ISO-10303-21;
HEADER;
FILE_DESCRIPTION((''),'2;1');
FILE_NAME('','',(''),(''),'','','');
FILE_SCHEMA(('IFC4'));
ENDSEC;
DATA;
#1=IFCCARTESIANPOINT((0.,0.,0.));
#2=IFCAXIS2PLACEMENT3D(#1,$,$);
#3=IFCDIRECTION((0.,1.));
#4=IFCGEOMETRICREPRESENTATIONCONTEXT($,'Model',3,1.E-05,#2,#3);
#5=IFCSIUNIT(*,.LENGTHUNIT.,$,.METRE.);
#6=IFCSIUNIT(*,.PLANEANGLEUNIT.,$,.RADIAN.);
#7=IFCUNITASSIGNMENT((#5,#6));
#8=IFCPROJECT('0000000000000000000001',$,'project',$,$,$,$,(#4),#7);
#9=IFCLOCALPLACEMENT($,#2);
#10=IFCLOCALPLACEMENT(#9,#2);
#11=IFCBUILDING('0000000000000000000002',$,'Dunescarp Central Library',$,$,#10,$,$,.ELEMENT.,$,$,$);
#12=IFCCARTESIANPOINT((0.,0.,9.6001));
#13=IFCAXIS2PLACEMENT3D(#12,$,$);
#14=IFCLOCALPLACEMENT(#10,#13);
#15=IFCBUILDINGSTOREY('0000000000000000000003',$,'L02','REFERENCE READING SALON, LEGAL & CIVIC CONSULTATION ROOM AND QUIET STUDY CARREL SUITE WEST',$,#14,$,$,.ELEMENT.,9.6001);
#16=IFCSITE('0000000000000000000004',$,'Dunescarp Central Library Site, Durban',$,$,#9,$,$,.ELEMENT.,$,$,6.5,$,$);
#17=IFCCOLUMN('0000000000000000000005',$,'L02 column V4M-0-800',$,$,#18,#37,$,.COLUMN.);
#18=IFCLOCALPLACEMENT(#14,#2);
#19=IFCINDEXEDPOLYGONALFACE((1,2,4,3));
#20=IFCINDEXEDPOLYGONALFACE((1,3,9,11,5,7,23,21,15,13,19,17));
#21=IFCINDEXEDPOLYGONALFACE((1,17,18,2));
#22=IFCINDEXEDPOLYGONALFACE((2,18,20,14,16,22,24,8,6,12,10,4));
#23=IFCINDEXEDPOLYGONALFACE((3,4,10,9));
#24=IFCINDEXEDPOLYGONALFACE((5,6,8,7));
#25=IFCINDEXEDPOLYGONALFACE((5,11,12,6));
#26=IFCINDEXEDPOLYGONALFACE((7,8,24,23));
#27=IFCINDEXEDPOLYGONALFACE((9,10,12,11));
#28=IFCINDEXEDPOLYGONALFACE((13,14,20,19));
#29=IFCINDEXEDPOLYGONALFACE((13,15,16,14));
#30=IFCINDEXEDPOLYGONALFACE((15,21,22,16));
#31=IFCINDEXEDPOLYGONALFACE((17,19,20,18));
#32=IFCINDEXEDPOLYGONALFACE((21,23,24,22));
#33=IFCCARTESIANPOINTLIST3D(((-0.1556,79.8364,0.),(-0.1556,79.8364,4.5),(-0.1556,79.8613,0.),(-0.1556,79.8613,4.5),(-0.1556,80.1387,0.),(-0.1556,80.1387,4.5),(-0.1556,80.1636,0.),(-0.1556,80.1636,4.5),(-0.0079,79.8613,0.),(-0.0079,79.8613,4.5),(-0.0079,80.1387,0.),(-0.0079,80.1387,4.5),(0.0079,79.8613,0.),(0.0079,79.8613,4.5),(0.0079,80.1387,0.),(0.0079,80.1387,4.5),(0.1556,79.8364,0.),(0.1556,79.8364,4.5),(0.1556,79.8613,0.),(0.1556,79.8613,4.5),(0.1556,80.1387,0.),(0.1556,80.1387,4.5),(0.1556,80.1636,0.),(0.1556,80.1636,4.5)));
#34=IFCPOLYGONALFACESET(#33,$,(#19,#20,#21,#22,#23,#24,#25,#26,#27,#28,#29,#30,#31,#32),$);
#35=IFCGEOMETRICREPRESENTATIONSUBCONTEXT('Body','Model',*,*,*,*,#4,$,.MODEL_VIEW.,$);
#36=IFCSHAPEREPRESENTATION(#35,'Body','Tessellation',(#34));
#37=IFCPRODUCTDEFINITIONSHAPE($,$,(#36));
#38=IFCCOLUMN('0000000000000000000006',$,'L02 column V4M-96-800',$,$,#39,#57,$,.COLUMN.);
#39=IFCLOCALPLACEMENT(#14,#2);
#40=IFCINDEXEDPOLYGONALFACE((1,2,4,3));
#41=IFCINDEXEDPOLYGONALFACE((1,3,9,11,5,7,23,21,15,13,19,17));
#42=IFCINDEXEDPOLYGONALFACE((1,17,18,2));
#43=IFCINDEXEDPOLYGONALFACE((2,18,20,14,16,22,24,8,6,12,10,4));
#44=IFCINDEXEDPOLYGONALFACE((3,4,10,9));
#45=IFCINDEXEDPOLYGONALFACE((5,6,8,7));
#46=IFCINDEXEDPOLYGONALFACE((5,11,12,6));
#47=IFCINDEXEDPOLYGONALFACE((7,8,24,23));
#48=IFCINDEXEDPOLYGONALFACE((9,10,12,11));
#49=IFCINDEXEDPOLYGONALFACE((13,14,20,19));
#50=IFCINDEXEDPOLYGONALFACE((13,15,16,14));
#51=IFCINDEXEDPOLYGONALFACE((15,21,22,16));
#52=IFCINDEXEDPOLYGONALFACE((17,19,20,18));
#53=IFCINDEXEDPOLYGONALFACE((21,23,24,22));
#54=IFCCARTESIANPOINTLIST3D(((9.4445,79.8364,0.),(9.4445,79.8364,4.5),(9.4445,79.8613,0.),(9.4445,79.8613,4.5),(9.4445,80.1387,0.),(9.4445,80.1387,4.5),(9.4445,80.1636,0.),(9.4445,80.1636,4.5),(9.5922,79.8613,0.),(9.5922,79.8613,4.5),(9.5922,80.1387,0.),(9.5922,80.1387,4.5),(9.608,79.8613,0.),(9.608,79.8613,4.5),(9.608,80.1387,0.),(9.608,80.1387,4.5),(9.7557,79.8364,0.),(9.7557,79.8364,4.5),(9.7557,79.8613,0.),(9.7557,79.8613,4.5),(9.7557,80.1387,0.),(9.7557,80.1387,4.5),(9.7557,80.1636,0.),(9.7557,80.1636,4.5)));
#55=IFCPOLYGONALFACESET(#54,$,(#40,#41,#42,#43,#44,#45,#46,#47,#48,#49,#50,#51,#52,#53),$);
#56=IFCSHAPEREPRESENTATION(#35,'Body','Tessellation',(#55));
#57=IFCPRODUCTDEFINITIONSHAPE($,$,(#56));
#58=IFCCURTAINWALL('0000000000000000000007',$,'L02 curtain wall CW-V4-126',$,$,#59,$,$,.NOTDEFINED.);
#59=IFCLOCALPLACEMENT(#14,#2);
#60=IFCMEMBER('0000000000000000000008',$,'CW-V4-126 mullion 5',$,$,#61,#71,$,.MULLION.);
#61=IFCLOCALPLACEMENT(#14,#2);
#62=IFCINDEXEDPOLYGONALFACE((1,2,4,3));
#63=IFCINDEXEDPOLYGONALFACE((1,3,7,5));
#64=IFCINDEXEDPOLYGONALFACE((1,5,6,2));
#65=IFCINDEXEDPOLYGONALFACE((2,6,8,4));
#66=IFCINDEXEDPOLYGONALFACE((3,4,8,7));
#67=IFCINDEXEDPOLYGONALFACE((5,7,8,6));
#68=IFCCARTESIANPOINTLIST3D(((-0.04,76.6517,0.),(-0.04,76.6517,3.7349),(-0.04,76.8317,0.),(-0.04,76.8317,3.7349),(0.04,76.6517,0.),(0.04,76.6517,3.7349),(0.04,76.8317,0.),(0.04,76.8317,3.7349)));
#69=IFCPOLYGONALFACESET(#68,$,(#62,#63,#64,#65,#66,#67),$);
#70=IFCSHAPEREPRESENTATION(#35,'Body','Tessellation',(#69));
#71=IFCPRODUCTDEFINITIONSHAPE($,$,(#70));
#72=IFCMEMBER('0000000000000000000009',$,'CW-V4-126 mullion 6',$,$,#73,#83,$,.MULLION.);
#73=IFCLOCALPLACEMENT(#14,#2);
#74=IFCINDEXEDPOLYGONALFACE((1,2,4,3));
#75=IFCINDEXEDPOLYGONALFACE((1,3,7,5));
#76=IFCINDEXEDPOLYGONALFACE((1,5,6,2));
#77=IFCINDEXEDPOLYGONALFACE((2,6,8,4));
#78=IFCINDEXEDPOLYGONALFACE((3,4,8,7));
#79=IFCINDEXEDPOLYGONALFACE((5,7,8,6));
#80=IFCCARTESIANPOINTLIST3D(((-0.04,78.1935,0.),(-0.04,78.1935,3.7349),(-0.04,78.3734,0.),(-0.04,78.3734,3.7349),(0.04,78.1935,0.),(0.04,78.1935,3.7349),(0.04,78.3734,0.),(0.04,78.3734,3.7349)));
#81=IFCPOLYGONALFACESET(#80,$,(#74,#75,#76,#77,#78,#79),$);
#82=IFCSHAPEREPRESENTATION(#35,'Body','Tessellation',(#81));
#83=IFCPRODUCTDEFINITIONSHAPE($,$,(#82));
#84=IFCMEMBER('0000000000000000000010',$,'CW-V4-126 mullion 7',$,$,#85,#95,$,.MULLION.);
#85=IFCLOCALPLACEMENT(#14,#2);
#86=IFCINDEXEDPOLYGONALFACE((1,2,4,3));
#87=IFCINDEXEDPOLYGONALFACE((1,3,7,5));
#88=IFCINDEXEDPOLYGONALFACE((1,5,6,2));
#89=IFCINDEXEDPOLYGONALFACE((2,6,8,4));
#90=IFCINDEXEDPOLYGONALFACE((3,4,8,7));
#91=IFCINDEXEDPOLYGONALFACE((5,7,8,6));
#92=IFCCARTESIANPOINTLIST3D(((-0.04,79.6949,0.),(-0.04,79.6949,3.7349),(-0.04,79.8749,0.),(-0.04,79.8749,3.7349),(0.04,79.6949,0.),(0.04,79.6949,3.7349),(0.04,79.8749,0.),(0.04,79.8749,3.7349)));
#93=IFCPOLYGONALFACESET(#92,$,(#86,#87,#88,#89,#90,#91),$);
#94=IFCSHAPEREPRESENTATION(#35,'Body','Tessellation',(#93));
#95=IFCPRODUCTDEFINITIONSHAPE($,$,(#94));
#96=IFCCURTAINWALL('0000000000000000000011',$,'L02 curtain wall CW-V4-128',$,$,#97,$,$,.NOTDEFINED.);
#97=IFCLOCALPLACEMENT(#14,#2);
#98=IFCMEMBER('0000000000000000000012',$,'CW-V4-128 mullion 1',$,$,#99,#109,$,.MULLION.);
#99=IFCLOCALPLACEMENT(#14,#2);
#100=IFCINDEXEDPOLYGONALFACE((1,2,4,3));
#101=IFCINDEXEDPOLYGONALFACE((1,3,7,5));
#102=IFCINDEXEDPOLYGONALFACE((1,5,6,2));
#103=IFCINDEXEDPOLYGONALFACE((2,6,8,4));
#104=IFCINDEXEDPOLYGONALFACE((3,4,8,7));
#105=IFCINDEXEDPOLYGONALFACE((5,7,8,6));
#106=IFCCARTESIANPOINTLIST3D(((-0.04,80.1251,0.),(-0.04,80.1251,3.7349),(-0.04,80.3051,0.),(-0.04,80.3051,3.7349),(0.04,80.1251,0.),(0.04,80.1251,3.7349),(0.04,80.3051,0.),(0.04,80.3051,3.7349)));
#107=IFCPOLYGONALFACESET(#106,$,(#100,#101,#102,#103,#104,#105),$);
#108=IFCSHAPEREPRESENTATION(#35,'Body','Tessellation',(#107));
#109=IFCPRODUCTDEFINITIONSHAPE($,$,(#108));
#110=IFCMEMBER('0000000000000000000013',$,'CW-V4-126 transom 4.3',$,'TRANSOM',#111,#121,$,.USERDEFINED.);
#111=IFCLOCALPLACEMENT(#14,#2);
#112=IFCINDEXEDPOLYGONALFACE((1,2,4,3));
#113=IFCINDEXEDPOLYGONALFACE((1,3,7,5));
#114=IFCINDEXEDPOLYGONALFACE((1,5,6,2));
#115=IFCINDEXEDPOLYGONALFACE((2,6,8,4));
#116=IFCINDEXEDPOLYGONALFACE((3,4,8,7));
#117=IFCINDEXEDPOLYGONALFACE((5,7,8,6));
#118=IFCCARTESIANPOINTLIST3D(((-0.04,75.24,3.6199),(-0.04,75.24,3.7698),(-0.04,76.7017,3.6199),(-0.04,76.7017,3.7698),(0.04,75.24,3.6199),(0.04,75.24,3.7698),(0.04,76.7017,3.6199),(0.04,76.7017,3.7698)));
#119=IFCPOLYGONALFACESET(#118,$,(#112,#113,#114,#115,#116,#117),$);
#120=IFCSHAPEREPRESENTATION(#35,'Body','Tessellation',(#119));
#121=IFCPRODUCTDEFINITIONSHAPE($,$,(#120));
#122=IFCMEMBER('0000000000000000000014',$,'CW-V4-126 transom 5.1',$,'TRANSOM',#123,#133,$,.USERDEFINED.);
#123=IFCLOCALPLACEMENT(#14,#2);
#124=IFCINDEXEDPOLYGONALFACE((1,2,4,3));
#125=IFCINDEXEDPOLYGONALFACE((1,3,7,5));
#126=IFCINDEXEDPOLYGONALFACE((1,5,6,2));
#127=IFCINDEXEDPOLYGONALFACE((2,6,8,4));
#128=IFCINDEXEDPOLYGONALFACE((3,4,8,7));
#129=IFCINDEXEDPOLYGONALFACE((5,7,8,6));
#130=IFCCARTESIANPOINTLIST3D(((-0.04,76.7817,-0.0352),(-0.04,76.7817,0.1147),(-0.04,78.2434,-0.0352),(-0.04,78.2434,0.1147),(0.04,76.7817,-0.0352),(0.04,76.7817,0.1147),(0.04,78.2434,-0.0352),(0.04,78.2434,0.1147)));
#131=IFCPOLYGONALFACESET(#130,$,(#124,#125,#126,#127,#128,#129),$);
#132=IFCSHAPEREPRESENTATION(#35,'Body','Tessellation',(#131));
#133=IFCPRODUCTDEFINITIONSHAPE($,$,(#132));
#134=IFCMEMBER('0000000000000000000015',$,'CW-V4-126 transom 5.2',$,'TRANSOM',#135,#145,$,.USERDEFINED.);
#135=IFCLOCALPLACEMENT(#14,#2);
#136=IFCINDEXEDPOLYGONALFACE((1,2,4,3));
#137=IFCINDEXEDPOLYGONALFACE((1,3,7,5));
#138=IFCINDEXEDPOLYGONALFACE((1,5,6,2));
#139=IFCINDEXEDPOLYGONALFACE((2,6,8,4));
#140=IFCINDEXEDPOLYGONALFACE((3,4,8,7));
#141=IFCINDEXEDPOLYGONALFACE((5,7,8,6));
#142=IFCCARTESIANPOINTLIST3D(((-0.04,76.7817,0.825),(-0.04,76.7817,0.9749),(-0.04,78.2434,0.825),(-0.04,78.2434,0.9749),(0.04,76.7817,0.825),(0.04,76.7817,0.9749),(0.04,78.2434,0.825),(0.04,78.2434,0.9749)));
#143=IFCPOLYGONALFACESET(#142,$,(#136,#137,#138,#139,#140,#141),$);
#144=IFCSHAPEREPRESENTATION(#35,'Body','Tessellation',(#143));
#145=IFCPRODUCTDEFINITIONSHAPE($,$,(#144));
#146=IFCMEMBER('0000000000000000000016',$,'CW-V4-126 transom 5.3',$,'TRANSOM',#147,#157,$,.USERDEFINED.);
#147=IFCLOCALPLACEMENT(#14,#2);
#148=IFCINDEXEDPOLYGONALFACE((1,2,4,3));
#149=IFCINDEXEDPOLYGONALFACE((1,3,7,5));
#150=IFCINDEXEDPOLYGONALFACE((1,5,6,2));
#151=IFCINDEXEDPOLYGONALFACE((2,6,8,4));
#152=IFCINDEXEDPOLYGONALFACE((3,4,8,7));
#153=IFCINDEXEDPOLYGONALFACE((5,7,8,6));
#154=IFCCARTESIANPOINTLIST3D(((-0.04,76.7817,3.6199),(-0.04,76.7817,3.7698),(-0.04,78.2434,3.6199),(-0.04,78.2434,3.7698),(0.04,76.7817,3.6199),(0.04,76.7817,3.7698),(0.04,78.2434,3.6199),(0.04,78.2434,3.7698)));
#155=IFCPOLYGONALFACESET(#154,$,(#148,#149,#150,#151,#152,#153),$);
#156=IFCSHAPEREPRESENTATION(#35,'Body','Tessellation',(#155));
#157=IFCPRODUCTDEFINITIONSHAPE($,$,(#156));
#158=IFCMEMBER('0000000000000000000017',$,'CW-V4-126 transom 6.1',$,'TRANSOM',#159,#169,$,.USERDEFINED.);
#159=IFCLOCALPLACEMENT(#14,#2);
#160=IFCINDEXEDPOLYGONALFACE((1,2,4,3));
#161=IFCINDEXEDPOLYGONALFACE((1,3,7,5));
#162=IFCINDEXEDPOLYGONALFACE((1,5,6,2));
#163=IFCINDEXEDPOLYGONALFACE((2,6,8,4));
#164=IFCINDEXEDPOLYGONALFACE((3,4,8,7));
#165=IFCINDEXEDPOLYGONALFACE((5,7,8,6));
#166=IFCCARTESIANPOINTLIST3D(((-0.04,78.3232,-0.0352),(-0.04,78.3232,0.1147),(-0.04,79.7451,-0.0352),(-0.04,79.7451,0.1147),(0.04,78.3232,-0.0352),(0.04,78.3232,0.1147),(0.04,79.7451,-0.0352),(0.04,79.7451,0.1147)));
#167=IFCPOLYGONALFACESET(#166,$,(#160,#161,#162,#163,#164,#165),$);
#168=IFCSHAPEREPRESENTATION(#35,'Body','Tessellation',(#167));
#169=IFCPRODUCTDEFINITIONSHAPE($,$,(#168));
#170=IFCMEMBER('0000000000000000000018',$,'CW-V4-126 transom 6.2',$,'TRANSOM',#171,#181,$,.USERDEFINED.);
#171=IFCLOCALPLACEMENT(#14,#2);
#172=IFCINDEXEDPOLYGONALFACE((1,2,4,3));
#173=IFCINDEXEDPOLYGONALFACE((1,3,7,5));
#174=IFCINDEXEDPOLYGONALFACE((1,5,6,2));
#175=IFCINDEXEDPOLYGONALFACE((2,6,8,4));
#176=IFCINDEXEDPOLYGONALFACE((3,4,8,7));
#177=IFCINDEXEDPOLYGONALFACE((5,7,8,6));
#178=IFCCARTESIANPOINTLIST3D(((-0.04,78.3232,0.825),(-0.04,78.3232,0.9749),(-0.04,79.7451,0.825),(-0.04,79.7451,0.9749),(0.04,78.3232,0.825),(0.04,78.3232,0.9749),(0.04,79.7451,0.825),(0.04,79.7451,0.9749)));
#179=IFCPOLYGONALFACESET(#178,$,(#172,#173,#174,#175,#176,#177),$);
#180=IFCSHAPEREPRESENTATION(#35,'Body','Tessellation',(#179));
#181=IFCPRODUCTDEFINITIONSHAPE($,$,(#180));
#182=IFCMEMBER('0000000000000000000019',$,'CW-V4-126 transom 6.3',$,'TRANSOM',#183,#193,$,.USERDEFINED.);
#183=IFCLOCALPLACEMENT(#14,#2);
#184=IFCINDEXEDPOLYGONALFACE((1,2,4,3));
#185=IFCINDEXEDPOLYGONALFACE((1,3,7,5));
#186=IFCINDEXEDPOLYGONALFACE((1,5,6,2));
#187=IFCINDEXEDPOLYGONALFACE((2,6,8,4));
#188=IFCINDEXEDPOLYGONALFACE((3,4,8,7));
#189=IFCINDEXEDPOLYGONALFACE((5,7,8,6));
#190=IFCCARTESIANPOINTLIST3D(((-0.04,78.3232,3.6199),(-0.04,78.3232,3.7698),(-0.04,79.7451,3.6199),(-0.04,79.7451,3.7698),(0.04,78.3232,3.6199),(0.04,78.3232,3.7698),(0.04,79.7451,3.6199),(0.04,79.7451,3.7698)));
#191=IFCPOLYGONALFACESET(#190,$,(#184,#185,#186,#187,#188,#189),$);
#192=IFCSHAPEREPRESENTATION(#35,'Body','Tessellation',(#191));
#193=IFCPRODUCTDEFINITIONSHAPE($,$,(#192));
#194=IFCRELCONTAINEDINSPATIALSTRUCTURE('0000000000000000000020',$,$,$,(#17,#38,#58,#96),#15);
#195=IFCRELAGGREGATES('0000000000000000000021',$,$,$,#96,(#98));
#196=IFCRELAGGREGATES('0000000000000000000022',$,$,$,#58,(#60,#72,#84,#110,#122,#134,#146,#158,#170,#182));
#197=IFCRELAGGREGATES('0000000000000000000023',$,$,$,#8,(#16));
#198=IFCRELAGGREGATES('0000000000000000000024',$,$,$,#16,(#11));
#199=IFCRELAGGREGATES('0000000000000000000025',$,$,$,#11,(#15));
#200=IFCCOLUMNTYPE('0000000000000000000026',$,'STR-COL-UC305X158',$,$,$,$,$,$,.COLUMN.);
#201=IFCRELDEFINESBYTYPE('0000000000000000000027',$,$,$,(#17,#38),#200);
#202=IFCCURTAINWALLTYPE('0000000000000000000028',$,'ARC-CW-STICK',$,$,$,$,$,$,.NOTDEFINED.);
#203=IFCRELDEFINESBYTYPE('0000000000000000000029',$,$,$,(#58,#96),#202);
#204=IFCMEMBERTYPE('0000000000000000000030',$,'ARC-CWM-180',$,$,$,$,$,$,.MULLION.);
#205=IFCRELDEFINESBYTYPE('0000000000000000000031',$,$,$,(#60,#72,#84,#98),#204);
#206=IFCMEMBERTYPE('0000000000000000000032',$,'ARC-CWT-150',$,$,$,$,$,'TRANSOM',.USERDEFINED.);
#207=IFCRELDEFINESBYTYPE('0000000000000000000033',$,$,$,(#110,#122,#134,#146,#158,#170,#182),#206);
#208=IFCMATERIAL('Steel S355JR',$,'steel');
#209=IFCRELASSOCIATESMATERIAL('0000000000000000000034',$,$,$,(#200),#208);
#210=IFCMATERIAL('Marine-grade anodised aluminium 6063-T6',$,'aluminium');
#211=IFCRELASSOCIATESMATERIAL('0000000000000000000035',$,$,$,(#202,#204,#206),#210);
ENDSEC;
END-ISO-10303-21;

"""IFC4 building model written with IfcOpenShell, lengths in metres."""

from ifc_helpers import new_model, si_unit, direction, frame, origin, origin_2d, place, context, subcontext, project, spatial, rectangle, i_section, extrude, material, material_profile, profile_set, type_object, element, aggregate, save


model = new_model("IFC4")

# Units and contexts
model_context = context("Model", 3, precision=1e-05, world=origin(), true_north=direction((0.0, 1.0)))
body_context = subcontext(model_context, "Body", "Model", "MODEL_VIEW")
ifc_project = project(units=[si_unit("LENGTHUNIT", "METRE"), si_unit("PLANEANGLEUNIT", "RADIAN")], contexts=[model_context])

# Site, building, storey
site_placement = place(None, origin())
site = spatial("IfcSite", under=ifc_project, at=site_placement, Name="Dunescarp Central Library Site, Durban", CompositionType="ELEMENT", RefElevation=6.5)
building_placement = place(site_placement, origin())
building = spatial("IfcBuilding", under=site, at=building_placement, Name="Dunescarp Central Library", CompositionType="ELEMENT")
storey_placement = place(building_placement, frame((0.0, 0.0, 9.6001)))
storey = spatial("IfcBuildingStorey", under=building, at=storey_placement, Name="L02", Description="REFERENCE READING SALON, LEGAL & CIVIC CONSULTATION ROOM AND QUIET STUDY CARREL SUITE WEST", CompositionType="ELEMENT", Elevation=9.6001)

# Columns
ifc_material_1 = material(Name="Steel S355JR", Category="steel")
ifc_material_profile_1 = material_profile(ifc_material_1, i_section(OverallWidth=0.3113, OverallDepth=0.3271, WebThickness=0.0159, FlangeThickness=0.0249, at=origin_2d()), Name="UC 305x305x158")
ifc_profile_set_1 = profile_set([ifc_material_profile_1], Name="Steel S355JR")
column_type = type_object("IfcColumnType", Name="STR-COL-UC305X158", PredefinedType="COLUMN", material=ifc_profile_set_1)
for number, where, z_axis, x_axis, name in (
    (1, (0.0, 80.0, 0.0), (0.0, 0.0, 1.0), (1.0, 0.0, 0.0), "L02 column V4M-0-800"),
    (2, (9.6001, 80.0, 0.0), (0.0, 0.0, 1.0), (1.0, 0.0, 0.0), "L02 column V4M-96-800"),
):
    element("IfcColumn", number, at=place(storey_placement, frame(where, z_axis=z_axis, x_axis=x_axis)), inside=storey, type_object=column_type, Name=name, PredefinedType="COLUMN", context=body_context, shape_type="SweptSolid", body=[
        extrude(i_section(OverallWidth=0.3113, OverallDepth=0.3271, WebThickness=0.0159, FlangeThickness=0.0249, at=origin_2d()), origin(), (0.0, 0.0, 1.0), 4.5),
    ])

# Curtain wall, members
ifc_material_2 = material(Name="Marine-grade anodised aluminium 6063-T6", Category="aluminium")
curtain_wall_type = type_object("IfcCurtainWallType", Name="ARC-CW-STICK", PredefinedType="NOTDEFINED", material=ifc_material_2)
curtain_wall_1_placement = place(storey_placement, origin())
curtain_wall_1 = element("IfcCurtainWall", 3, at=curtain_wall_1_placement, inside=storey, type_object=curtain_wall_type, Name="L02 curtain wall CW-V4-126", PredefinedType="NOTDEFINED")
ifc_material_profile_2 = material_profile(ifc_material_2, rectangle(XDim=0.0801, YDim=0.1799, at=origin_2d()), Name="AL 80x180")
ifc_profile_set_2 = profile_set([ifc_material_profile_2], Name="Marine-grade anodised aluminium 6063-T6")
member_type_1 = type_object("IfcMemberType", Name="ARC-CWM-180", PredefinedType="MULLION", material=ifc_profile_set_2)
member_1_placement = place(storey_placement, frame((0.0, 76.7417, 0.0), z_axis=(0.0, 0.0, 1.0), x_axis=(-1.0, 0.0, 0.0)))
member_1 = element("IfcMember", 4, at=member_1_placement, type_object=member_type_1, Name="CW-V4-126 mullion 5", PredefinedType="MULLION", context=body_context, shape_type="SweptSolid", body=[
    extrude(rectangle(XDim=0.0801, YDim=0.1799, at=origin_2d()), origin(), (0.0, 0.0, 1.0), 3.7349),
])
member_2_placement = place(storey_placement, frame((0.0, 78.2834, 0.0), z_axis=(0.0, 0.0, 1.0), x_axis=(-1.0, 0.0, 0.0)))
member_2 = element("IfcMember", 5, at=member_2_placement, type_object=member_type_1, Name="CW-V4-126 mullion 6", PredefinedType="MULLION", context=body_context, shape_type="SweptSolid", body=[
    extrude(rectangle(XDim=0.0801, YDim=0.1799, at=origin_2d()), origin(), (0.0, 0.0, 1.0), 3.7349),
])
member_3_placement = place(storey_placement, frame((0.0, 79.7849, 0.0), z_axis=(0.0, 0.0, 1.0), x_axis=(-1.0, 0.0, 0.0)))
member_3 = element("IfcMember", 6, at=member_3_placement, type_object=member_type_1, Name="CW-V4-126 mullion 7", PredefinedType="MULLION", context=body_context, shape_type="SweptSolid", body=[
    extrude(rectangle(XDim=0.0801, YDim=0.1799, at=origin_2d()), origin(), (0.0, 0.0, 1.0), 3.7349),
])

# Curtain wall, member
curtain_wall_2_placement = place(storey_placement, origin())
curtain_wall_2 = element("IfcCurtainWall", 7, at=curtain_wall_2_placement, inside=storey, type_object=curtain_wall_type, Name="L02 curtain wall CW-V4-128", PredefinedType="NOTDEFINED")
member_4_placement = place(storey_placement, frame((0.0, 80.2151, 0.0), z_axis=(0.0, 0.0, 1.0), x_axis=(-1.0, 0.0, 0.0)))
member_4 = element("IfcMember", 8, at=member_4_placement, type_object=member_type_1, Name="CW-V4-128 mullion 1", PredefinedType="MULLION", context=body_context, shape_type="SweptSolid", body=[
    extrude(rectangle(XDim=0.0801, YDim=0.1799, at=origin_2d()), origin(), (0.0, 0.0, 1.0), 3.7349),
])
aggregate(curtain_wall_2, [member_4])

# Members
ifc_material_profile_3 = material_profile(ifc_material_2, rectangle(XDim=0.0801, YDim=0.1499, at=origin_2d()), Name="AL 80x150")
ifc_profile_set_3 = profile_set([ifc_material_profile_3], Name="Marine-grade anodised aluminium 6063-T6")
member_type_2 = type_object("IfcMemberType", Name="ARC-CWT-150", ElementType="TRANSOM", PredefinedType="USERDEFINED", material=ifc_profile_set_3)
member_5_placement = place(storey_placement, frame((0.0, 75.24, 3.6948), z_axis=(0.0, 1.0, 0.0), x_axis=(-1.0, 0.0, 0.0)))
member_5 = element("IfcMember", 9, at=member_5_placement, type_object=member_type_2, Name="CW-V4-126 transom 4.3", ObjectType="TRANSOM", PredefinedType="USERDEFINED", context=body_context, shape_type="SweptSolid", body=[
    extrude(rectangle(XDim=0.0801, YDim=0.1499, at=origin_2d()), origin(), (0.0, 0.0, 1.0), 1.4617),
])
member_6_placement = place(storey_placement, frame((0.0, 76.7817, 0.0398), z_axis=(0.0, 1.0, 0.0), x_axis=(-1.0, 0.0, 0.0)))
member_6 = element("IfcMember", 10, at=member_6_placement, type_object=member_type_2, Name="CW-V4-126 transom 5.1", ObjectType="TRANSOM", PredefinedType="USERDEFINED", context=body_context, shape_type="SweptSolid", body=[
    extrude(rectangle(XDim=0.0801, YDim=0.1499, at=origin_2d()), origin(), (0.0, 0.0, 1.0), 1.4617),
])
member_7_placement = place(storey_placement, frame((0.0, 76.7817, 0.8999), z_axis=(0.0, 1.0, 0.0), x_axis=(-1.0, 0.0, 0.0)))
member_7 = element("IfcMember", 11, at=member_7_placement, type_object=member_type_2, Name="CW-V4-126 transom 5.2", ObjectType="TRANSOM", PredefinedType="USERDEFINED", context=body_context, shape_type="SweptSolid", body=[
    extrude(rectangle(XDim=0.0801, YDim=0.1499, at=origin_2d()), origin(), (0.0, 0.0, 1.0), 1.4617),
])
member_8_placement = place(storey_placement, frame((0.0, 76.7817, 3.6948), z_axis=(0.0, 1.0, 0.0), x_axis=(-1.0, 0.0, 0.0)))
member_8 = element("IfcMember", 12, at=member_8_placement, type_object=member_type_2, Name="CW-V4-126 transom 5.3", ObjectType="TRANSOM", PredefinedType="USERDEFINED", context=body_context, shape_type="SweptSolid", body=[
    extrude(rectangle(XDim=0.0801, YDim=0.1499, at=origin_2d()), origin(), (0.0, 0.0, 1.0), 1.4617),
])
member_9_placement = place(storey_placement, frame((0.0, 78.3232, 0.0398), z_axis=(0.0, 1.0, 0.0), x_axis=(-1.0, 0.0, 0.0)))
member_9 = element("IfcMember", 13, at=member_9_placement, type_object=member_type_2, Name="CW-V4-126 transom 6.1", ObjectType="TRANSOM", PredefinedType="USERDEFINED", context=body_context, shape_type="SweptSolid", body=[
    extrude(rectangle(XDim=0.0801, YDim=0.1499, at=origin_2d()), origin(), (0.0, 0.0, 1.0), 1.4219),
])
member_10_placement = place(storey_placement, frame((0.0, 78.3232, 0.8999), z_axis=(0.0, 1.0, 0.0), x_axis=(-1.0, 0.0, 0.0)))
member_10 = element("IfcMember", 14, at=member_10_placement, type_object=member_type_2, Name="CW-V4-126 transom 6.2", ObjectType="TRANSOM", PredefinedType="USERDEFINED", context=body_context, shape_type="SweptSolid", body=[
    extrude(rectangle(XDim=0.0801, YDim=0.1499, at=origin_2d()), origin(), (0.0, 0.0, 1.0), 1.4219),
])
member_11_placement = place(storey_placement, frame((0.0, 78.3232, 3.6948), z_axis=(0.0, 1.0, 0.0), x_axis=(-1.0, 0.0, 0.0)))
member_11 = element("IfcMember", 15, at=member_11_placement, type_object=member_type_2, Name="CW-V4-126 transom 6.3", ObjectType="TRANSOM", PredefinedType="USERDEFINED", context=body_context, shape_type="SweptSolid", body=[
    extrude(rectangle(XDim=0.0801, YDim=0.1499, at=origin_2d()), origin(), (0.0, 0.0, 1.0), 1.4219),
])

aggregate(curtain_wall_1, [member_1, member_2, member_3, member_5, member_6, member_7, member_8, member_9, member_10, member_11])

save(model, "model.ifc")
